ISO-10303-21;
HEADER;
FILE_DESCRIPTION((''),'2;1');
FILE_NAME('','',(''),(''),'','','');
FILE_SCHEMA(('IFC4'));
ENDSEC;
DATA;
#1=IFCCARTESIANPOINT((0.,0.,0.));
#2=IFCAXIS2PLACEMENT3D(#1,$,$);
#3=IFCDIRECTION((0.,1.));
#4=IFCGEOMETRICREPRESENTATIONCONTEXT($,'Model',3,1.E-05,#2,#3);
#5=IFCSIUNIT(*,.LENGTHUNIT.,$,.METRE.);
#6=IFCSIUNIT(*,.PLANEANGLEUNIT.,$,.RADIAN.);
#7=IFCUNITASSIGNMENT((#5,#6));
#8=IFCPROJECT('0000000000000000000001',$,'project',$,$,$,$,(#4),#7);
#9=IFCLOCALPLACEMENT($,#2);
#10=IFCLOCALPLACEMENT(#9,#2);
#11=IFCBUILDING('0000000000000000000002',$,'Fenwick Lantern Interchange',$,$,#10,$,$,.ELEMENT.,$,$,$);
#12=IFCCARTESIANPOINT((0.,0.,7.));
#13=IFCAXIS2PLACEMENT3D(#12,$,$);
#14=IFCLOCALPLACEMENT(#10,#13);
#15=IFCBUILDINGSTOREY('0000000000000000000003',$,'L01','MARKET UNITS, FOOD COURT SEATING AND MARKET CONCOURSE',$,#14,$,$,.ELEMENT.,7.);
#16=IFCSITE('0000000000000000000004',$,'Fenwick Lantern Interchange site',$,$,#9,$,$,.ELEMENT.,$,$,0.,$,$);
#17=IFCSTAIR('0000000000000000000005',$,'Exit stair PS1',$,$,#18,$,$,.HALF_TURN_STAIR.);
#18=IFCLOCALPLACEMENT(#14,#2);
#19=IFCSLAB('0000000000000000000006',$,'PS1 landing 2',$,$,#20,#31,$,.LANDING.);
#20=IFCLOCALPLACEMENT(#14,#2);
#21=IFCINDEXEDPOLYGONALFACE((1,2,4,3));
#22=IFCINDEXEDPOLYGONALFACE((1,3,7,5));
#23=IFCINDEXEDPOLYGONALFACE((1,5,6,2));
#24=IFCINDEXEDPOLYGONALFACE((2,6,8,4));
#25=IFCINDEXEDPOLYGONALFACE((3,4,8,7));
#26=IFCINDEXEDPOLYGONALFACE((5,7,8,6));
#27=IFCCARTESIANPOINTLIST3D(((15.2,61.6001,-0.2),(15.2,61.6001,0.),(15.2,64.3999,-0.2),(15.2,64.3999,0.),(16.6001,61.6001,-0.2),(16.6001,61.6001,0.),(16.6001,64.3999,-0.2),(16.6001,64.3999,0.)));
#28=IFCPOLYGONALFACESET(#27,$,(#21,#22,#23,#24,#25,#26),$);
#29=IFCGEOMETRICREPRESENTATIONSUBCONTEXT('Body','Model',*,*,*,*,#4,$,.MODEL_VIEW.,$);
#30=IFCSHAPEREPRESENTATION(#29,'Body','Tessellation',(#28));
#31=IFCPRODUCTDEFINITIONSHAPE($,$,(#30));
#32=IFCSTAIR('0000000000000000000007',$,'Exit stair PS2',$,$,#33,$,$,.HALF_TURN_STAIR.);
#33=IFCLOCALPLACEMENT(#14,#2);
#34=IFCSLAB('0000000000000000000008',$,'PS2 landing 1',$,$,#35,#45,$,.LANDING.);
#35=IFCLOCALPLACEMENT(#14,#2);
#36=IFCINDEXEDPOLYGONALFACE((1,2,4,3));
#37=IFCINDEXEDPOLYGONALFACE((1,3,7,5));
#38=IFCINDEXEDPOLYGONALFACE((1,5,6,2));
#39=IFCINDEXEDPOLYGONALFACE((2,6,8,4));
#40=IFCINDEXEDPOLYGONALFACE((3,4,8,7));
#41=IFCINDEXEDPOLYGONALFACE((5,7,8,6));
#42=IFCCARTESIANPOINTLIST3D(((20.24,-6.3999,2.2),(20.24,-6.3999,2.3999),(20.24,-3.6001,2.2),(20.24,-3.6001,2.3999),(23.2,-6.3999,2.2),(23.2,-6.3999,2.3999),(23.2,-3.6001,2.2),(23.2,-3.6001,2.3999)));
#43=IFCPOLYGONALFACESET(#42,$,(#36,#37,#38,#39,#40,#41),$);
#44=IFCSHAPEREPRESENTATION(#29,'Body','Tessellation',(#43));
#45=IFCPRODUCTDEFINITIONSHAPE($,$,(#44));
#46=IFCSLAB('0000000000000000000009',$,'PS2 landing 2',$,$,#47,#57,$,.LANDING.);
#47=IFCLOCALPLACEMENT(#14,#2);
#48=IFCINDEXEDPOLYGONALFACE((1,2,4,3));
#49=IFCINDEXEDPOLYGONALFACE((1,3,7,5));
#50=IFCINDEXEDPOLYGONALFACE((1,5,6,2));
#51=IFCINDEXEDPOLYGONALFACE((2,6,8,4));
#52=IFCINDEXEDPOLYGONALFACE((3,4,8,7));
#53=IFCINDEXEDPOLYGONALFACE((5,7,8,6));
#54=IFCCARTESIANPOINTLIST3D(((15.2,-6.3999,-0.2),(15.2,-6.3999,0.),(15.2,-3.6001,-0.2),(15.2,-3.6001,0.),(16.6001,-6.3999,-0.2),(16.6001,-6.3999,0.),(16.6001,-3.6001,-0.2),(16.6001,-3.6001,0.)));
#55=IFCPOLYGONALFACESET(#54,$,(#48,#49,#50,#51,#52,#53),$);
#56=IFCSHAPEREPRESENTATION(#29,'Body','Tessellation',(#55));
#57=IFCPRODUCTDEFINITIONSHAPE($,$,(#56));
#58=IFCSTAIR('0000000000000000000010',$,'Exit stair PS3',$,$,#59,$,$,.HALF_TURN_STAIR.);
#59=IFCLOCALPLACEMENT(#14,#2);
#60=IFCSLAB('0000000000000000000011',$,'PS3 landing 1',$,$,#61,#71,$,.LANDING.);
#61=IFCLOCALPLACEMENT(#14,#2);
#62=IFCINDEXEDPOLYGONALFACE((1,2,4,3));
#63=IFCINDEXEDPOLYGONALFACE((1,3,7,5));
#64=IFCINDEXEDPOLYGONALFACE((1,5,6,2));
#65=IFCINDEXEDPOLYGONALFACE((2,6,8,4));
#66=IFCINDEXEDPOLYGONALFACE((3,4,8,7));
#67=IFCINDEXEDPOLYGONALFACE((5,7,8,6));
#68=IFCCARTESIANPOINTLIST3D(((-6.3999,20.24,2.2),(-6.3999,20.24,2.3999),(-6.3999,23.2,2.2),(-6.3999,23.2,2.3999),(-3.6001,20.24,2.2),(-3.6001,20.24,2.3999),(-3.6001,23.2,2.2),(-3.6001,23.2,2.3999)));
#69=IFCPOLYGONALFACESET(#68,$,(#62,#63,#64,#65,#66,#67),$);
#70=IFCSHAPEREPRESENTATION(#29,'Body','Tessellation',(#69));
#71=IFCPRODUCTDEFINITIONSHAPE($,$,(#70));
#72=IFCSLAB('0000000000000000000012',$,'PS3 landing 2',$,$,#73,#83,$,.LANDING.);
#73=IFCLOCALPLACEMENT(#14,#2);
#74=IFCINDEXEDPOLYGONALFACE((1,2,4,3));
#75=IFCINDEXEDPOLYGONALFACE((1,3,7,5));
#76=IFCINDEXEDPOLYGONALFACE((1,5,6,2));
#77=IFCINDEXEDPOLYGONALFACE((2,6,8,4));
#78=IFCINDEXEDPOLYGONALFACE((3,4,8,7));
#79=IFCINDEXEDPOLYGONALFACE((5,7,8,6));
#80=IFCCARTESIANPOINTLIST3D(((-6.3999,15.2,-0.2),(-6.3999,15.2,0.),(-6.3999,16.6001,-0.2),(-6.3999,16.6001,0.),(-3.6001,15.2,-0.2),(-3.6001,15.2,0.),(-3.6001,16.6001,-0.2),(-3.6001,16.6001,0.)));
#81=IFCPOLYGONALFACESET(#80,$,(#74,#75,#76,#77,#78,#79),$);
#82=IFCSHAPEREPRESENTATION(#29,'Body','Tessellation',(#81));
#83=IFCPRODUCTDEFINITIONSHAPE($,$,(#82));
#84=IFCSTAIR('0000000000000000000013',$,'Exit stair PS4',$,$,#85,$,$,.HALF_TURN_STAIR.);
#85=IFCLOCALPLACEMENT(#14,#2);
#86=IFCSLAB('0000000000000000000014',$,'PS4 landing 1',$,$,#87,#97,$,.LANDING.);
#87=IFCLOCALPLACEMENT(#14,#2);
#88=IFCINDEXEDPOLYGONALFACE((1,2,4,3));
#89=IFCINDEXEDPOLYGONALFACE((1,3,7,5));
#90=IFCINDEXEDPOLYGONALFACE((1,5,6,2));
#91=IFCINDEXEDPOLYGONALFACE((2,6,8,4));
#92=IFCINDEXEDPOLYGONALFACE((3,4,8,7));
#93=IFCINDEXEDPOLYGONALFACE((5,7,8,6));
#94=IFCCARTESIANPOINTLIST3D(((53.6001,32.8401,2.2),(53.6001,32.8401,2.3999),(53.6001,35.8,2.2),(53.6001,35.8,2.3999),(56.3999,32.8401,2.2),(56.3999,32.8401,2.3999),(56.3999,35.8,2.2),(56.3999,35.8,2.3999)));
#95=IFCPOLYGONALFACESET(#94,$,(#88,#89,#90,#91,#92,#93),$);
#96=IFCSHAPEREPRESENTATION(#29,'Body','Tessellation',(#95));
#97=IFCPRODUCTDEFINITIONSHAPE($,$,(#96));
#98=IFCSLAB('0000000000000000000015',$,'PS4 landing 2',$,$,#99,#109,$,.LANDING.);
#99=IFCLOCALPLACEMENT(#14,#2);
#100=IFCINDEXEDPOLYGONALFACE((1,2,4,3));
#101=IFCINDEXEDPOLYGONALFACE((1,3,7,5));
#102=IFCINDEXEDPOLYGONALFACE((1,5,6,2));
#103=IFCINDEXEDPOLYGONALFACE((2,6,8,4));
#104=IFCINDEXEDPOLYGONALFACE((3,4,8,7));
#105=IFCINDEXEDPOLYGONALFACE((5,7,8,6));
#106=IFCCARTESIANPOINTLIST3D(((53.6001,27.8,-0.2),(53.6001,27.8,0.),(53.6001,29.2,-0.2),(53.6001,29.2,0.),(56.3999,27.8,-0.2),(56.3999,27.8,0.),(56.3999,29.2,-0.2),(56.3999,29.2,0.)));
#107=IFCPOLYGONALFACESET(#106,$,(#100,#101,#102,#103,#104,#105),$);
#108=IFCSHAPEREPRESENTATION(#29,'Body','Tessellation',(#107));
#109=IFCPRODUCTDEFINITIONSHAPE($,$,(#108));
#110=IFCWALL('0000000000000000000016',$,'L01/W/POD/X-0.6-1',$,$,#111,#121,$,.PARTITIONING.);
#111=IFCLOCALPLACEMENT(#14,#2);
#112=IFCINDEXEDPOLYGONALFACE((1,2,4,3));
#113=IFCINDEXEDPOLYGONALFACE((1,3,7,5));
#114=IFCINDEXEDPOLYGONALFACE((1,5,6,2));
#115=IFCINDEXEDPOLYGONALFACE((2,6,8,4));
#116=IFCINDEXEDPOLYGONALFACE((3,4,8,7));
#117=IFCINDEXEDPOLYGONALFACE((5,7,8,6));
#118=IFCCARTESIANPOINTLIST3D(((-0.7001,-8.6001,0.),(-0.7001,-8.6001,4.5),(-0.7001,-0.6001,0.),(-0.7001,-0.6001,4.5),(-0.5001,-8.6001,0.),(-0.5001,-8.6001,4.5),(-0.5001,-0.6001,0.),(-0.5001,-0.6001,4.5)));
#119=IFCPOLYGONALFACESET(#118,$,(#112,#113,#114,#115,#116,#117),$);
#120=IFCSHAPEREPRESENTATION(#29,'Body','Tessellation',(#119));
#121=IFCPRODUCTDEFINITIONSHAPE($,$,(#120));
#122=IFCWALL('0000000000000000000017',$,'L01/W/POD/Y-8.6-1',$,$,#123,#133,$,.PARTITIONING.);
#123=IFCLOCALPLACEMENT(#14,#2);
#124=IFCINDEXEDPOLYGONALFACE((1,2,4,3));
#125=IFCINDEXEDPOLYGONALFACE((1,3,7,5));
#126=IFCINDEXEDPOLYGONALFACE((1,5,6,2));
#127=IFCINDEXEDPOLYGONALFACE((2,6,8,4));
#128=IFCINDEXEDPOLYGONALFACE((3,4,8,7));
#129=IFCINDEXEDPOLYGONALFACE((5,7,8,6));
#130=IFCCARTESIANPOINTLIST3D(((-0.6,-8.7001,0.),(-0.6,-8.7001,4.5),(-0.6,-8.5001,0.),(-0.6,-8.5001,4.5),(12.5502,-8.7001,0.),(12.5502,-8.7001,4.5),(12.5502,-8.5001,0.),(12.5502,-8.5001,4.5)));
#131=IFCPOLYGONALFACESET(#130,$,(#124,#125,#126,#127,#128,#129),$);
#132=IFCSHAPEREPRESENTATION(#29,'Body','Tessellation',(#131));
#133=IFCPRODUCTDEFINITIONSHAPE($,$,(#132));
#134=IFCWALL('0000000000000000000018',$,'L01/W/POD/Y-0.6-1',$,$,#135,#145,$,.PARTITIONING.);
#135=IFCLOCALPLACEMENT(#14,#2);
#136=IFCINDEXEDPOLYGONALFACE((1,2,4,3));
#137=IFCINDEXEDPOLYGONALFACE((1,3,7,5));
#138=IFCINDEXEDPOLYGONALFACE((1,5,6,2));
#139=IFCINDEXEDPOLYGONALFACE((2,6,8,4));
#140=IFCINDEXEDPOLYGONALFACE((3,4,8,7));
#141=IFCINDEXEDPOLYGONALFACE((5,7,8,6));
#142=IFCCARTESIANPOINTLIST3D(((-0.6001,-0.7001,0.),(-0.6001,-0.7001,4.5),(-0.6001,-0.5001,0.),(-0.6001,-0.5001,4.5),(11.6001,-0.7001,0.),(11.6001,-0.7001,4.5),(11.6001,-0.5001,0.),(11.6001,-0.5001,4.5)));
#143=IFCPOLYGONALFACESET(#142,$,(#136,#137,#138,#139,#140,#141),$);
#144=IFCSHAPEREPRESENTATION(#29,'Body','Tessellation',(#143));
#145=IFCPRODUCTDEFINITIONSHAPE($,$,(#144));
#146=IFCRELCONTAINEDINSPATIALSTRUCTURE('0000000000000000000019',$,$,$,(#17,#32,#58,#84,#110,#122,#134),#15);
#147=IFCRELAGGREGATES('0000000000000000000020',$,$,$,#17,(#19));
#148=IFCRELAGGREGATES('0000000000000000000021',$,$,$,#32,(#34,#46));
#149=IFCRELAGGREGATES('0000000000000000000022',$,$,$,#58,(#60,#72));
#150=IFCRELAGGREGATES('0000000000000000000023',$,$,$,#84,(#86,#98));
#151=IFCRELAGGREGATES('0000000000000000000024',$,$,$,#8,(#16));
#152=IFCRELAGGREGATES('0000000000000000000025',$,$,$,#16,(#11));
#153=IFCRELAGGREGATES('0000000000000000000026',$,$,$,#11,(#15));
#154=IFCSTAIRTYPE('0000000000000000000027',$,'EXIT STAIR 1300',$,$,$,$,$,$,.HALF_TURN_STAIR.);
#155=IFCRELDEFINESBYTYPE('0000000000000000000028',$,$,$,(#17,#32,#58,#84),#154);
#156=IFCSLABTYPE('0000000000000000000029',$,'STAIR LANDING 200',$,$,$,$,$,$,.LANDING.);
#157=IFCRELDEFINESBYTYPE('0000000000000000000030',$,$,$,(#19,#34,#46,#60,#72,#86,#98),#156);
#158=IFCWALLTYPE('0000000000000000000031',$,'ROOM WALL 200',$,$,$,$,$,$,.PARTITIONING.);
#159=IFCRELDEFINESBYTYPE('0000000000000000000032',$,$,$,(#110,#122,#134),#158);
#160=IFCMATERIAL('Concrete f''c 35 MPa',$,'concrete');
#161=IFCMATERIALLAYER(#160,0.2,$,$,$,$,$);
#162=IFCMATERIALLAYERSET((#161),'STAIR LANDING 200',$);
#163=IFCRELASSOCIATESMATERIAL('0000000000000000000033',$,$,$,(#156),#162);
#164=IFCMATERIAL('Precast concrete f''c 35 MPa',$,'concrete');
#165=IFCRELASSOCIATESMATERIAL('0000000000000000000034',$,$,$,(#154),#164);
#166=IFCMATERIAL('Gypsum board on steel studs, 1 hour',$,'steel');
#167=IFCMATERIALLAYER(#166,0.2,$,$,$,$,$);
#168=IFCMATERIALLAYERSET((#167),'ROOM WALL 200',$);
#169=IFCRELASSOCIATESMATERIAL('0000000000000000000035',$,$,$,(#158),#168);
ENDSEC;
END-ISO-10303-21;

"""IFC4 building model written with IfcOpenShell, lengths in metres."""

from ifc_helpers import new_model, si_unit, direction, frame, frame_2d, origin, place, context, subcontext, project, spatial, polyline, rectangle, outline, extrude, material, layer, layer_set, type_object, element, aggregate, save


model = new_model("IFC4")

# Units and contexts
model_context = context("Model", 3, precision=1e-05, world=origin(), true_north=direction((0.0, 1.0)))
body_context = subcontext(model_context, "Body", "Model", "MODEL_VIEW")
ifc_project = project(units=[si_unit("LENGTHUNIT", "METRE"), si_unit("PLANEANGLEUNIT", "RADIAN")], contexts=[model_context])

# Site, building, storey
site_placement = place(None, origin())
site = spatial("IfcSite", under=ifc_project, at=site_placement, Name="Fenwick Lantern Interchange site", CompositionType="ELEMENT", RefElevation=0.0)
building_placement = place(site_placement, origin())
building = spatial("IfcBuilding", under=site, at=building_placement, Name="Fenwick Lantern Interchange", CompositionType="ELEMENT")
storey_placement = place(building_placement, frame((0.0, 0.0, 7.0)))
storey = spatial("IfcBuildingStorey", under=building, at=storey_placement, Name="L01", Description="MARKET UNITS, FOOD COURT SEATING AND MARKET CONCOURSE", CompositionType="ELEMENT", Elevation=7.0)

# Stairs, slabs
ifc_material_1 = material(Name="Precast concrete f'c 35 MPa", Category="concrete")
ifc_material_2 = material(Name="Concrete f'c 35 MPa", Category="concrete")
ifc_layer_1 = layer(ifc_material_2, 0.2)
ifc_layer_set_1 = layer_set([ifc_layer_1], Name="STAIR LANDING 200")
slab_type_1 = type_object("IfcSlabType", Name="STAIR LANDING 200", PredefinedType="LANDING", material=ifc_layer_set_1)
stair_type_1 = type_object("IfcStairType", Name="EXIT STAIR 1300", PredefinedType="HALF_TURN_STAIR", material=ifc_material_1)
stair_1_placement = place(storey_placement, origin())
stair_1 = element("IfcStair", 1, at=stair_1_placement, inside=storey, type_object=stair_type_1, Name="Exit stair PS1", PredefinedType="HALF_TURN_STAIR")
slab_1_placement = place(storey_placement, frame((0.0, 0.0, -0.2)))
slab_1 = element("IfcSlab", 2, at=slab_1_placement, type_object=slab_type_1, Name="PS1 landing 2", PredefinedType="LANDING", context=body_context, shape_type="SweptSolid", body=[
    extrude(outline(polyline([(15.2, 61.6001), (16.6001, 61.6001), (16.6001, 64.3999), (15.2, 64.3999), (15.2, 61.6001)])), origin(), (0.0, 0.0, 1.0), 0.2),
])
aggregate(stair_1, [slab_1])
stair_2_placement = place(storey_placement, origin())
stair_2 = element("IfcStair", 3, at=stair_2_placement, inside=storey, type_object=stair_type_1, Name="Exit stair PS2", PredefinedType="HALF_TURN_STAIR")
slab_2_placement = place(storey_placement, frame((0.0, 0.0, 2.2)))
slab_2 = element("IfcSlab", 4, at=slab_2_placement, type_object=slab_type_1, Name="PS2 landing 1", PredefinedType="LANDING", context=body_context, shape_type="SweptSolid", body=[
    extrude(outline(polyline([(20.24, -6.3999), (23.2, -6.3999), (23.2, -3.6001), (20.24, -3.6001), (20.24, -6.3999)])), origin(), (0.0, 0.0, 1.0), 0.2),
])
slab_3_placement = place(storey_placement, frame((0.0, 0.0, -0.2)))
slab_3 = element("IfcSlab", 5, at=slab_3_placement, type_object=slab_type_1, Name="PS2 landing 2", PredefinedType="LANDING", context=body_context, shape_type="SweptSolid", body=[
    extrude(outline(polyline([(15.2, -6.3999), (16.6001, -6.3999), (16.6001, -3.6001), (15.2, -3.6001), (15.2, -6.3999)])), origin(), (0.0, 0.0, 1.0), 0.2),
])
aggregate(stair_2, [slab_2, slab_3])
stair_3_placement = place(storey_placement, origin())
stair_3 = element("IfcStair", 6, at=stair_3_placement, inside=storey, type_object=stair_type_1, Name="Exit stair PS3", PredefinedType="HALF_TURN_STAIR")
slab_4_placement = place(storey_placement, frame((0.0, 0.0, 2.2)))
slab_4 = element("IfcSlab", 7, at=slab_4_placement, type_object=slab_type_1, Name="PS3 landing 1", PredefinedType="LANDING", context=body_context, shape_type="SweptSolid", body=[
    extrude(outline(polyline([(-6.3999, 20.24), (-3.6001, 20.24), (-3.6001, 23.2), (-6.3999, 23.2), (-6.3999, 20.24)])), origin(), (0.0, 0.0, 1.0), 0.2),
])
slab_5_placement = place(storey_placement, frame((0.0, 0.0, -0.2)))
slab_5 = element("IfcSlab", 8, at=slab_5_placement, type_object=slab_type_1, Name="PS3 landing 2", PredefinedType="LANDING", context=body_context, shape_type="SweptSolid", body=[
    extrude(outline(polyline([(-6.3999, 15.2), (-3.6001, 15.2), (-3.6001, 16.6001), (-6.3999, 16.6001), (-6.3999, 15.2)])), origin(), (0.0, 0.0, 1.0), 0.2),
])
aggregate(stair_3, [slab_4, slab_5])
stair_4_placement = place(storey_placement, origin())
stair_4 = element("IfcStair", 9, at=stair_4_placement, inside=storey, type_object=stair_type_1, Name="Exit stair PS4", PredefinedType="HALF_TURN_STAIR")
slab_6_placement = place(storey_placement, frame((0.0, 0.0, 2.2)))
slab_6 = element("IfcSlab", 10, at=slab_6_placement, type_object=slab_type_1, Name="PS4 landing 1", PredefinedType="LANDING", context=body_context, shape_type="SweptSolid", body=[
    extrude(outline(polyline([(53.6001, 32.8401), (56.3999, 32.8401), (56.3999, 35.8), (53.6001, 35.8), (53.6001, 32.8401)])), origin(), (0.0, 0.0, 1.0), 0.2),
])
slab_7_placement = place(storey_placement, frame((0.0, 0.0, -0.2)))
slab_7 = element("IfcSlab", 11, at=slab_7_placement, type_object=slab_type_1, Name="PS4 landing 2", PredefinedType="LANDING", context=body_context, shape_type="SweptSolid", body=[
    extrude(outline(polyline([(53.6001, 27.8), (56.3999, 27.8), (56.3999, 29.2), (53.6001, 29.2), (53.6001, 27.8)])), origin(), (0.0, 0.0, 1.0), 0.2),
])
aggregate(stair_4, [slab_6, slab_7])

# Walls
ifc_material_3 = material(Name="Gypsum board on steel studs, 1 hour", Category="steel")
ifc_layer_2 = layer(ifc_material_3, 0.2)
ifc_layer_set_2 = layer_set([ifc_layer_2], Name="ROOM WALL 200")
wall_type = type_object("IfcWallType", Name="ROOM WALL 200", PredefinedType="PARTITIONING", material=ifc_layer_set_2)
wall_1_placement = place(storey_placement, frame((-0.6001, -8.6001, 0.0), z_axis=(0.0, 0.0, 1.0), x_axis=(0.0, 1.0, 0.0)))
element("IfcWall", 12, at=wall_1_placement, inside=storey, type_object=wall_type, Name="L01/W/POD/X-0.6-1", PredefinedType="PARTITIONING", context=body_context, shape_type="SweptSolid", body=[
    extrude(rectangle(XDim=8.0, YDim=0.2, at=frame_2d((4.0, 0.0))), origin(), (0.0, 0.0, 1.0), 4.5),
])
wall_2_placement = place(storey_placement, frame((-0.6001, -8.6001, 0.0), z_axis=(0.0, 0.0, 1.0), x_axis=(1.0, 0.0, 0.0)))
element("IfcWall", 13, at=wall_2_placement, inside=storey, type_object=wall_type, Name="L01/W/POD/Y-8.6-1", PredefinedType="PARTITIONING", context=body_context, shape_type="SweptSolid", body=[
    extrude(rectangle(XDim=13.1501, YDim=0.2, at=frame_2d((6.5752, 0.0))), origin(), (0.0, 0.0, 1.0), 4.5),
])
wall_3_placement = place(storey_placement, frame((-0.6001, -0.6001, 0.0), z_axis=(0.0, 0.0, 1.0), x_axis=(1.0, 0.0, 0.0)))
element("IfcWall", 14, at=wall_3_placement, inside=storey, type_object=wall_type, Name="L01/W/POD/Y-0.6-1", PredefinedType="PARTITIONING", context=body_context, shape_type="SweptSolid", body=[
    extrude(rectangle(XDim=12.2002, YDim=0.2, at=frame_2d((6.1001, 0.0))), origin(), (0.0, 0.0, 1.0), 4.5),
])

save(model, "model.ifc")
